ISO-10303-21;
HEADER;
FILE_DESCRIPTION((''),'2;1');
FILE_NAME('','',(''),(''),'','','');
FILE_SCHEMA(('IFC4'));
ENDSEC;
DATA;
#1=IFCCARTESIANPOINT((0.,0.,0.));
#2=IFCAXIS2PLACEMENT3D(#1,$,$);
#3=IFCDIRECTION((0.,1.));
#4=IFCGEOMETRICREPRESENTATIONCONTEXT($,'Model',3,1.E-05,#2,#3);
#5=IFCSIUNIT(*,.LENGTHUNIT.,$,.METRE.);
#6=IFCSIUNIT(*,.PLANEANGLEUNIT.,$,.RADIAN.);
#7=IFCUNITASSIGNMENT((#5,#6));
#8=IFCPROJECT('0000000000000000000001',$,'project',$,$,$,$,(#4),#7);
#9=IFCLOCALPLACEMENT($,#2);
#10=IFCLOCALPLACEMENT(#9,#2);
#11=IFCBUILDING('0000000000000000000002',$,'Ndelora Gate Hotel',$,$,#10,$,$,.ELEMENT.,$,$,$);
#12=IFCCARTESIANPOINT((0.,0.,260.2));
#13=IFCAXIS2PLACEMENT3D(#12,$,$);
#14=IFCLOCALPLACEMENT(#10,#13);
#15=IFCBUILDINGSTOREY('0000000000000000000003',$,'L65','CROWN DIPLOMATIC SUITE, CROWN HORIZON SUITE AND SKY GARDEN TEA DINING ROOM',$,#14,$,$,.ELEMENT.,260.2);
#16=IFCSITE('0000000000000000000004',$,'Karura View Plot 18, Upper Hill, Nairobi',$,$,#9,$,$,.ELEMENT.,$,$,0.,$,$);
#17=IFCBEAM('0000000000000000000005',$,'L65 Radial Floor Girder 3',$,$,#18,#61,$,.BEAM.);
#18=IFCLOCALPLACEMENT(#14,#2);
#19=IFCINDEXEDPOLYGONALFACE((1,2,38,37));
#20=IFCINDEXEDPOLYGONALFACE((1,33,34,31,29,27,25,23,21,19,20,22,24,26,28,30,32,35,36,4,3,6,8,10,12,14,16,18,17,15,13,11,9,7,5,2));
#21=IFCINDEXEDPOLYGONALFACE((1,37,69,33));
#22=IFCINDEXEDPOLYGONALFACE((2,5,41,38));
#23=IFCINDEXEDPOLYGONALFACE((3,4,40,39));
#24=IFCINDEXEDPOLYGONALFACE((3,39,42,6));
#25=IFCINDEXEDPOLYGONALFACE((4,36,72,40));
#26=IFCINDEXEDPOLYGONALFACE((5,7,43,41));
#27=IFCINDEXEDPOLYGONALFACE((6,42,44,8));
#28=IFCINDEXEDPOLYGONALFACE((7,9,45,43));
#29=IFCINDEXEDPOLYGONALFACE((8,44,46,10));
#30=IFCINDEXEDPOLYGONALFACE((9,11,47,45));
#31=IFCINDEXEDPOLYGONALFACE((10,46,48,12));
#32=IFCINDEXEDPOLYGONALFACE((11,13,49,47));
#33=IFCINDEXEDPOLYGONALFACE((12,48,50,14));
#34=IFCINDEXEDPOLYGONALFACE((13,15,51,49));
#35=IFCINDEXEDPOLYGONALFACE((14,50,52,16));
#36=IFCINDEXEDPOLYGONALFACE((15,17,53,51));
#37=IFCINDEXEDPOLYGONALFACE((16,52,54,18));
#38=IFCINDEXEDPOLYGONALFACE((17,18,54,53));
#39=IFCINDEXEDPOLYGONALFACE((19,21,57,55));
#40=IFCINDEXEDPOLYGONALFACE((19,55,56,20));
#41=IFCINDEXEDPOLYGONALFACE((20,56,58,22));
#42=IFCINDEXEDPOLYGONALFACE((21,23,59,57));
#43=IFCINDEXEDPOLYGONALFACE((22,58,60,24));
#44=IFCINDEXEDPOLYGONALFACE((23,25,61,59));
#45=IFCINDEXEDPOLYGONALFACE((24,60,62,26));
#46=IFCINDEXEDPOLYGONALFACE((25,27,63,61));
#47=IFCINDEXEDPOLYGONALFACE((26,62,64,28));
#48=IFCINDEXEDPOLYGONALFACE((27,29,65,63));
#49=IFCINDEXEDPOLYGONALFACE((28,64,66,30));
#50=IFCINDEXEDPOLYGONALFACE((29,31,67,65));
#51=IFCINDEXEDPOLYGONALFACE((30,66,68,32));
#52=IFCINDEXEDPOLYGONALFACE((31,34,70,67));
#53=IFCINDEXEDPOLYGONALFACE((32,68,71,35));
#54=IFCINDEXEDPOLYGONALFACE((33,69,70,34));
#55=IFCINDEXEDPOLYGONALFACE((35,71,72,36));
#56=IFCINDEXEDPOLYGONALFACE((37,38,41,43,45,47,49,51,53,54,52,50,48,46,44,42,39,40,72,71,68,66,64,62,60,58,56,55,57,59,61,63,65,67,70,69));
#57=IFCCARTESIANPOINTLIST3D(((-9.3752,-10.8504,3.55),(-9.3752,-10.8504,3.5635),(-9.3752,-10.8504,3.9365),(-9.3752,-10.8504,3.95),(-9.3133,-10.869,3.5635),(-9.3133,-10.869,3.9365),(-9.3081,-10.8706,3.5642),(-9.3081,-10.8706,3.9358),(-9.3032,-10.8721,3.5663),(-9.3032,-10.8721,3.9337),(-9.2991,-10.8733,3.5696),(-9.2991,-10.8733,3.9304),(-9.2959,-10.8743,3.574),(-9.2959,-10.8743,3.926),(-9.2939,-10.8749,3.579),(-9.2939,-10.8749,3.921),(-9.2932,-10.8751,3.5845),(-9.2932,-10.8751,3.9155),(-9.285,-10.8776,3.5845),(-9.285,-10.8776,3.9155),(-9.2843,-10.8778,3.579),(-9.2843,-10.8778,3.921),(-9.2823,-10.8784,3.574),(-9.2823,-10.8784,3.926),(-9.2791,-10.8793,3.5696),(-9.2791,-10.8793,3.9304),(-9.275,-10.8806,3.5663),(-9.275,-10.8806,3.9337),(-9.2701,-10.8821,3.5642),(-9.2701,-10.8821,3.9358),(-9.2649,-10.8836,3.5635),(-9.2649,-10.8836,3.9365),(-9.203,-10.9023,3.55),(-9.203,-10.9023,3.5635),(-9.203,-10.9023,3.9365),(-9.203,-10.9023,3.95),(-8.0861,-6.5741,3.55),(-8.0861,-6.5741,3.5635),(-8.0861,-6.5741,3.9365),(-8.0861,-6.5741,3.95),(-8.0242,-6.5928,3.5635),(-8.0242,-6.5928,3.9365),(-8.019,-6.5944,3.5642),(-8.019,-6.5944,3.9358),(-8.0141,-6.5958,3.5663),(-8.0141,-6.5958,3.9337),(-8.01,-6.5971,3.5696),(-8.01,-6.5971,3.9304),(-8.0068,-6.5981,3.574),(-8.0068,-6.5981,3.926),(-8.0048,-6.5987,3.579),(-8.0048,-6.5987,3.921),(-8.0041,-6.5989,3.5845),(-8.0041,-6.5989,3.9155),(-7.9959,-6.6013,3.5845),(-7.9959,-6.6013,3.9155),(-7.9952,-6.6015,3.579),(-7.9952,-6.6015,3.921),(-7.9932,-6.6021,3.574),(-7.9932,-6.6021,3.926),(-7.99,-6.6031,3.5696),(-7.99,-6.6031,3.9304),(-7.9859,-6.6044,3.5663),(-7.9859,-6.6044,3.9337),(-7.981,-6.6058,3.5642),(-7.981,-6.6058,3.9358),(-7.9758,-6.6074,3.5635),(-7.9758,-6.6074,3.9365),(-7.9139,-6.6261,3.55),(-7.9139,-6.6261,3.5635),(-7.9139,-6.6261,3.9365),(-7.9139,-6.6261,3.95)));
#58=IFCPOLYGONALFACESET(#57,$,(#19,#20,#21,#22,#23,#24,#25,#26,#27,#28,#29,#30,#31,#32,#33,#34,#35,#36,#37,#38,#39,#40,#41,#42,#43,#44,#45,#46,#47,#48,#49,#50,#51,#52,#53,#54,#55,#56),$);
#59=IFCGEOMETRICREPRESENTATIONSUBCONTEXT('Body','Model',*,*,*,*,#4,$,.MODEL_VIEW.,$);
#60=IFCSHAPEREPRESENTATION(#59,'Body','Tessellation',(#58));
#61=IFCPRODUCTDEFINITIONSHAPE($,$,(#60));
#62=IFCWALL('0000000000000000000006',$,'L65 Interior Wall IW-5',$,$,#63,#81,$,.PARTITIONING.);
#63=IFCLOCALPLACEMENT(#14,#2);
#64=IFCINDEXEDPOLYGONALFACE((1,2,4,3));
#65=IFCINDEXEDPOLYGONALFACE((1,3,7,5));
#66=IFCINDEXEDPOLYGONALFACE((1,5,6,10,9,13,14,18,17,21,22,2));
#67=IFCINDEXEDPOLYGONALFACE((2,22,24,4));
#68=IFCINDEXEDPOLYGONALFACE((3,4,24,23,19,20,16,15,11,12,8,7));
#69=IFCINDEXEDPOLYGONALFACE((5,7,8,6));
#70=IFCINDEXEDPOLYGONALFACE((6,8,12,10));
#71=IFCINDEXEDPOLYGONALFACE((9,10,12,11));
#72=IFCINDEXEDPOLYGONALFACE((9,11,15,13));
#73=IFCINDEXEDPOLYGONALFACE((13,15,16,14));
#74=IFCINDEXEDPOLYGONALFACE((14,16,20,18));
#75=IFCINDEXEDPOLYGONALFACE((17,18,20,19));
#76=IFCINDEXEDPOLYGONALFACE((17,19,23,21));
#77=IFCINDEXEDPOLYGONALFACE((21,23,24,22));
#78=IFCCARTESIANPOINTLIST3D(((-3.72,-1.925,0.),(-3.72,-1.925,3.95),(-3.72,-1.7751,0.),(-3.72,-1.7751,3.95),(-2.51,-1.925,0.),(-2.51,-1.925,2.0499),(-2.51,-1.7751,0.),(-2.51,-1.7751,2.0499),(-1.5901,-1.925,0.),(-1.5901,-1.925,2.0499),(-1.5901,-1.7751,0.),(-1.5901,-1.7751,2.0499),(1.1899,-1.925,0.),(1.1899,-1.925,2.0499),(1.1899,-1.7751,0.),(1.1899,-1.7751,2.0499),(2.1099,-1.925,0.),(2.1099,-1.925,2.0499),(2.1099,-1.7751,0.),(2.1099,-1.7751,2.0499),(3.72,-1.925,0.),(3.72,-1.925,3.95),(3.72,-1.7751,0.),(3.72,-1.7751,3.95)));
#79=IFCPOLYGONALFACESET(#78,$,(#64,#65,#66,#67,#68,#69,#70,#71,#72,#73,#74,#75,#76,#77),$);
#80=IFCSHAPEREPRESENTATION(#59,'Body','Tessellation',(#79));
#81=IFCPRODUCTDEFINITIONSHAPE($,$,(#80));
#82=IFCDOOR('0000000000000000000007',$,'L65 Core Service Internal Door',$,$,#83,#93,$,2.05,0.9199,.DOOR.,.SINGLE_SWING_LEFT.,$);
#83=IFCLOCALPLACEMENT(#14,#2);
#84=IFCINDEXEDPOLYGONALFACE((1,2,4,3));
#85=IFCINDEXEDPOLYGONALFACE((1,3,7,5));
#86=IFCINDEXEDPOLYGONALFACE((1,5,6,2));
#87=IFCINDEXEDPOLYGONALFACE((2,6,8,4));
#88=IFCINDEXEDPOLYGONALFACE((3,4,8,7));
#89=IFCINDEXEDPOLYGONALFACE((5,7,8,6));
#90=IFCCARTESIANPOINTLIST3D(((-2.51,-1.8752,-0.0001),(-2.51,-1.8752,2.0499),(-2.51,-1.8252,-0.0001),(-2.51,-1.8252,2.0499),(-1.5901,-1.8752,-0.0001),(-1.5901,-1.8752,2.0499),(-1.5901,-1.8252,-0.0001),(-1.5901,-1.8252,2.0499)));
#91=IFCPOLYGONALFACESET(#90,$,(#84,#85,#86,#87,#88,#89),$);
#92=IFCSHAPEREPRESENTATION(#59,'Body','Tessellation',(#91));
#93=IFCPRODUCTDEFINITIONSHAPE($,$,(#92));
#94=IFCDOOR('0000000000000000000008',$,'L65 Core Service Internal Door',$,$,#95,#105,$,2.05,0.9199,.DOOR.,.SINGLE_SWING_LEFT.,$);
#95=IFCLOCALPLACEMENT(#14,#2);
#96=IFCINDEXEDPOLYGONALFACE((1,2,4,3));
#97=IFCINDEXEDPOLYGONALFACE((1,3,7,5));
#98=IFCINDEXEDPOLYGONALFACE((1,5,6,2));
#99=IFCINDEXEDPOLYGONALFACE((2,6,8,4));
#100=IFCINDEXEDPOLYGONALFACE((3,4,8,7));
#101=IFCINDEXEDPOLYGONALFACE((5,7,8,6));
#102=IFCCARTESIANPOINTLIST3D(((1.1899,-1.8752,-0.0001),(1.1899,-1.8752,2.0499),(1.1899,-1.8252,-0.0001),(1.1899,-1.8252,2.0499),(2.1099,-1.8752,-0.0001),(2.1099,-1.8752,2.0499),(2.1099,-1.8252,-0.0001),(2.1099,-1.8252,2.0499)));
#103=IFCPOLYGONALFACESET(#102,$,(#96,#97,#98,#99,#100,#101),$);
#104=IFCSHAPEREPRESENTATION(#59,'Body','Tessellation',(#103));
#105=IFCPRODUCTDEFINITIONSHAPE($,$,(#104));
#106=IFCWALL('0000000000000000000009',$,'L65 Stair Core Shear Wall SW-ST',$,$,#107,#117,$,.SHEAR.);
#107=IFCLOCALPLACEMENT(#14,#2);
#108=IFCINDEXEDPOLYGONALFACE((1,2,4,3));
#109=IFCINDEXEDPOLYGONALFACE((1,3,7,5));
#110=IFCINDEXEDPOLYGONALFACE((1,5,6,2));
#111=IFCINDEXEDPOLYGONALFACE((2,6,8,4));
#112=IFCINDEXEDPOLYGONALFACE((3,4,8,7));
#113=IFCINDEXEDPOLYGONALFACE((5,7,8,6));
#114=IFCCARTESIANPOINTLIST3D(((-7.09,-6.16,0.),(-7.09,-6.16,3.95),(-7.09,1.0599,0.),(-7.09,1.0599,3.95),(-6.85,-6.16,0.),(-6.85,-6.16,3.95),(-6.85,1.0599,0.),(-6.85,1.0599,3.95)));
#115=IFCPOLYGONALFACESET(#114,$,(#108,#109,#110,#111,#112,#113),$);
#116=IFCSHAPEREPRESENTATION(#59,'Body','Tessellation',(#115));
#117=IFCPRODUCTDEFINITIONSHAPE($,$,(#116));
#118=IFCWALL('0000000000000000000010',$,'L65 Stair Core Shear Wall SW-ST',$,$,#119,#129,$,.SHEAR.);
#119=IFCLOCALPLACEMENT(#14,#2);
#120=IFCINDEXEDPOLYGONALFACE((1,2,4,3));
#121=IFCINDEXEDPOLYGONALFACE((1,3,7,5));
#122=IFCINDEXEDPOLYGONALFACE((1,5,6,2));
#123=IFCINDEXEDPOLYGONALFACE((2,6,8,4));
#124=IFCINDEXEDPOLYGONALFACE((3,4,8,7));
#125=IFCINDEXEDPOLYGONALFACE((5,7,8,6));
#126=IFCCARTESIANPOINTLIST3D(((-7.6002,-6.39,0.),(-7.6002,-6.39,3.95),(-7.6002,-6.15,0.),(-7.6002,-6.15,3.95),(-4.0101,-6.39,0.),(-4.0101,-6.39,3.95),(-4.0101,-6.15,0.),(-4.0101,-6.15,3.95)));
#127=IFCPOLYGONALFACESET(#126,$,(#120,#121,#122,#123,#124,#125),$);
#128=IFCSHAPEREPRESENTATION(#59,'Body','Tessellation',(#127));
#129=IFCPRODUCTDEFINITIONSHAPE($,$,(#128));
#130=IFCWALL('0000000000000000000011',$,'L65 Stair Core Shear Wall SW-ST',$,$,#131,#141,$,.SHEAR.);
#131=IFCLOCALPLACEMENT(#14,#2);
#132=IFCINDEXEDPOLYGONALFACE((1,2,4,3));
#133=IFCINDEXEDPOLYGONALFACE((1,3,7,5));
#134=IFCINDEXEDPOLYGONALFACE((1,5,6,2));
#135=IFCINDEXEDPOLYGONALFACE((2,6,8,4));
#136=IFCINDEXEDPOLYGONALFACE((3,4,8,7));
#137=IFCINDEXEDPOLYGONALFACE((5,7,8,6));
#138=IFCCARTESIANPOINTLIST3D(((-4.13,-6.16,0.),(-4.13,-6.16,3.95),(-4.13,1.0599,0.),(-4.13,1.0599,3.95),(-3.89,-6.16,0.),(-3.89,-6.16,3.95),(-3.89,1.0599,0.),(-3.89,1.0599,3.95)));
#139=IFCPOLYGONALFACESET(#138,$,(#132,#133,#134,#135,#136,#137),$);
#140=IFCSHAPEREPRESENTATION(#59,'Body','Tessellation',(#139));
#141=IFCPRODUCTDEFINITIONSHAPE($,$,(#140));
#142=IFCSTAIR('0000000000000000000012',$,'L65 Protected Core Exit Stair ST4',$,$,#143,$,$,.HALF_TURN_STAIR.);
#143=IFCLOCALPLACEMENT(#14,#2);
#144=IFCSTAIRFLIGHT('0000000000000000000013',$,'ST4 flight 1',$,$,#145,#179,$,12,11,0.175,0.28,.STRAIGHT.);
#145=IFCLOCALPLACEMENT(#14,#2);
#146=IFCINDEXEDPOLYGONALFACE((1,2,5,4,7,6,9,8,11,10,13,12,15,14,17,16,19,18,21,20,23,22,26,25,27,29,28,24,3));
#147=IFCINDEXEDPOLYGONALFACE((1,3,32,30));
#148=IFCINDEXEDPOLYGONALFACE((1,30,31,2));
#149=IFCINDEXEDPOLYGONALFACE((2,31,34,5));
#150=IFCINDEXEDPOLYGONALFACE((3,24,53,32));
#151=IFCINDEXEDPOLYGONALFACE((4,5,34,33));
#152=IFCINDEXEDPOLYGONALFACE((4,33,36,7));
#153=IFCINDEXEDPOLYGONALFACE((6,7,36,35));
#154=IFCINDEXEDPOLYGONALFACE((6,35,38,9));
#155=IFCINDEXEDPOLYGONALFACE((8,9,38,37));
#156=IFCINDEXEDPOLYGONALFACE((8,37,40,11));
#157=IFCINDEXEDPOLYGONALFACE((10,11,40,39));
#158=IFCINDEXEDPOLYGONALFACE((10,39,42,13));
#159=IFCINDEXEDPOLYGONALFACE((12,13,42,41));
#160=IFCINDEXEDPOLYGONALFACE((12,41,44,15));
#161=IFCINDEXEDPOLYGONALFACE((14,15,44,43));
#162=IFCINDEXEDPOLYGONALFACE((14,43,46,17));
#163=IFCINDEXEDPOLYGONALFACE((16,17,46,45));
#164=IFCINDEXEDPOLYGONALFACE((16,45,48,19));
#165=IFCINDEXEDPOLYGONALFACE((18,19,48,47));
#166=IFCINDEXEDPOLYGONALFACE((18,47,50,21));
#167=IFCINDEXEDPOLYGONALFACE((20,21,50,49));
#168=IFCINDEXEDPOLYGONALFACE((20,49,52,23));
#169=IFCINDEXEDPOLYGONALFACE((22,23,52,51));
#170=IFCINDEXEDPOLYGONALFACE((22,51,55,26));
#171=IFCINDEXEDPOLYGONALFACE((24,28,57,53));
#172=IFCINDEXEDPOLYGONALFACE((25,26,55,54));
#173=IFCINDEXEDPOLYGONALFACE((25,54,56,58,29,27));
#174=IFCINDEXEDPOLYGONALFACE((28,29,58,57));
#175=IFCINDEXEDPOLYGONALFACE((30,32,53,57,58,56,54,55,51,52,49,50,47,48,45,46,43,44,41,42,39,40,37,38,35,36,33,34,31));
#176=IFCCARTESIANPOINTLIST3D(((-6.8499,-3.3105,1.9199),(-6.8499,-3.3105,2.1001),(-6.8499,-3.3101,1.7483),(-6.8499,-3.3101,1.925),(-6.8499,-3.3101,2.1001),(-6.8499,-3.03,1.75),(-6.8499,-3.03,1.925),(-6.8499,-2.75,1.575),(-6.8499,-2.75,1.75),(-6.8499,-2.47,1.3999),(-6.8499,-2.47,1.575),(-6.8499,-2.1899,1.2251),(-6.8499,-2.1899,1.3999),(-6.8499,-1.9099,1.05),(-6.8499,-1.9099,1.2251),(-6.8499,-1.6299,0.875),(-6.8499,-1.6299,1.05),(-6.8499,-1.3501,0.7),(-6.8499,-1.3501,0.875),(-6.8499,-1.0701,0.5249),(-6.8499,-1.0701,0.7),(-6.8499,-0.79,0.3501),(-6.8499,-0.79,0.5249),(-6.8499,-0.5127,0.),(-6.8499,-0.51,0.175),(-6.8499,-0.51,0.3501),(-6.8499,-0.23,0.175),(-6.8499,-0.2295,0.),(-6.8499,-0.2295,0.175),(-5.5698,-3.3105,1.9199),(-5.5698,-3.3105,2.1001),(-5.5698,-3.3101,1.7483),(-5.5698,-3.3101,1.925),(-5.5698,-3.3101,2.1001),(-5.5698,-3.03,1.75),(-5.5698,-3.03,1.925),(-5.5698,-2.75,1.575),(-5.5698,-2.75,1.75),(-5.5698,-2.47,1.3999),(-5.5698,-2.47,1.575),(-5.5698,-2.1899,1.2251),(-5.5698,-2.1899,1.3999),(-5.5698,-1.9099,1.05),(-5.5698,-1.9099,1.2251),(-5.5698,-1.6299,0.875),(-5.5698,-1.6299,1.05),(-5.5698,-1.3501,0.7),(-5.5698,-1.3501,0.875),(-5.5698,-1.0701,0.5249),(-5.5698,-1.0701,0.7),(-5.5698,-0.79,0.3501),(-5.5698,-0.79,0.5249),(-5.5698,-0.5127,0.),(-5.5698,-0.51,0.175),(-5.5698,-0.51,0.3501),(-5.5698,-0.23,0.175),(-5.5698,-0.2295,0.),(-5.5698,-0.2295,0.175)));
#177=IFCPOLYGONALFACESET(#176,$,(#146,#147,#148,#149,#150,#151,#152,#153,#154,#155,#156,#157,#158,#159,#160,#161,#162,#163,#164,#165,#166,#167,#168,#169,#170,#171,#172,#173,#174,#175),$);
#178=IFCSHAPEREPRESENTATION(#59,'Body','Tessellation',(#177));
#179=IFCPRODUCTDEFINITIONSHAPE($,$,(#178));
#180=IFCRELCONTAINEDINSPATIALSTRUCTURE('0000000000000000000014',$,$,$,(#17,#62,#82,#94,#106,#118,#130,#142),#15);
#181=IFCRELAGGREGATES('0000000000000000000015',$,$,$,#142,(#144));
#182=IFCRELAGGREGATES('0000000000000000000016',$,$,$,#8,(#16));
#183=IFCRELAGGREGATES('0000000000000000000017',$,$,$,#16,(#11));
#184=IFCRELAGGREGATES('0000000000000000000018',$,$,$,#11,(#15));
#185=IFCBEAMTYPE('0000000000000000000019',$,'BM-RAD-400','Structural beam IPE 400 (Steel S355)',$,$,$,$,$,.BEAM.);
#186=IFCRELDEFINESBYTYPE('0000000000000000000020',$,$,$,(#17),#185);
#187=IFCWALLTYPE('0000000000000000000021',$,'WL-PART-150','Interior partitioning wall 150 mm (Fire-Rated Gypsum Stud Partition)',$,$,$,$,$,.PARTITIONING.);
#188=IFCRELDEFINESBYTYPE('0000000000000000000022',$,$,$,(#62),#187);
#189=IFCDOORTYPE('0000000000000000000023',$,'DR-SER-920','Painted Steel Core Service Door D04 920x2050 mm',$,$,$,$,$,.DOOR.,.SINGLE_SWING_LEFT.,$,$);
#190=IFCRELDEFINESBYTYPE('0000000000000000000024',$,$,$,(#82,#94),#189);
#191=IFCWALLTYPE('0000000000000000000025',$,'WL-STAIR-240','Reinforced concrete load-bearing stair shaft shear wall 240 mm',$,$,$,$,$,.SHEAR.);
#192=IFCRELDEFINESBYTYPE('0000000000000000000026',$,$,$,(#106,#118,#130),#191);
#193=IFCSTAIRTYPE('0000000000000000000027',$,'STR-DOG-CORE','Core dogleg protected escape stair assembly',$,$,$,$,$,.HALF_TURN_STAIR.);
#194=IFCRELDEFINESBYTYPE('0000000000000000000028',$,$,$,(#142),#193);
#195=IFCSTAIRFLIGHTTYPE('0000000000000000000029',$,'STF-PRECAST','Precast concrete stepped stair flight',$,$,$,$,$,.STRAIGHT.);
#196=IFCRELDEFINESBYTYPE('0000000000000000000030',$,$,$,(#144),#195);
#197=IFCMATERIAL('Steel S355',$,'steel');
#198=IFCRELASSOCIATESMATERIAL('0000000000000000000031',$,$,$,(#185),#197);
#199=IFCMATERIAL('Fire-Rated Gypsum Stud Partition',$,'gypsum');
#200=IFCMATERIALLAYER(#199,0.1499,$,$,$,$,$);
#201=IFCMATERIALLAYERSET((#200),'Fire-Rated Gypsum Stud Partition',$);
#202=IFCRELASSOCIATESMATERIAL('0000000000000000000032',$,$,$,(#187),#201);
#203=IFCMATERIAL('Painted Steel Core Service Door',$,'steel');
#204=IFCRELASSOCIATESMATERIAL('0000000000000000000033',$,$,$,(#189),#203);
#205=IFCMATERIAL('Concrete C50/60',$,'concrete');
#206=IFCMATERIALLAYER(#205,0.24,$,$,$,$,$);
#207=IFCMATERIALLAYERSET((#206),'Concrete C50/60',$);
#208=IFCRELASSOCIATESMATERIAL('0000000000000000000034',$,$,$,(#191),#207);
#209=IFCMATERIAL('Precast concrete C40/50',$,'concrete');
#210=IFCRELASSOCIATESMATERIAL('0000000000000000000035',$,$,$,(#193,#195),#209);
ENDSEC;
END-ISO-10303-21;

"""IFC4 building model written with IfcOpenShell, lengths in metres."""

from ifc_helpers import new_model, si_unit, direction, frame, frame_2d, origin, origin_2d, place, context, subcontext, project, spatial, polyline, rectangle, i_section, outline, extrude, material, layer, layer_set, material_profile, profile_set, type_object, element, fill, aggregate, save


model = new_model("IFC4")

# Units and contexts
model_context = context("Model", 3, precision=1e-05, world=origin(), true_north=direction((0.0, 1.0)))
body_context = subcontext(model_context, "Body", "Model", "MODEL_VIEW")
ifc_project = project(units=[si_unit("LENGTHUNIT", "METRE"), si_unit("PLANEANGLEUNIT", "RADIAN")], contexts=[model_context])

# Site, building, storey
site_placement = place(None, origin())
site = spatial("IfcSite", under=ifc_project, at=site_placement, Name="Karura View Plot 18, Upper Hill, Nairobi", CompositionType="ELEMENT", RefElevation=0.0)
building_placement = place(site_placement, origin())
building = spatial("IfcBuilding", under=site, at=building_placement, Name="Ndelora Gate Hotel", CompositionType="ELEMENT")
storey_placement = place(building_placement, frame((0.0, 0.0, 260.2)))
storey = spatial("IfcBuildingStorey", under=building, at=storey_placement, Name="L65", Description="CROWN DIPLOMATIC SUITE, CROWN HORIZON SUITE AND SKY GARDEN TEA DINING ROOM", CompositionType="ELEMENT", Elevation=260.2)

# Beam
ifc_material_1 = material(Name="Steel S355", Category="steel")
ifc_material_profile = material_profile(ifc_material_1, i_section(OverallWidth=0.1799, OverallDepth=0.3999, WebThickness=0.0085, FlangeThickness=0.0134, FilletRadius=0.021, at=origin_2d()), Name="IPE 400")
ifc_profile_set = profile_set([ifc_material_profile], Name="Steel S355")
beam_type = type_object("IfcBeamType", Name="BM-RAD-400", Description="Structural beam IPE 400 (Steel S355)", PredefinedType="BEAM", material=ifc_profile_set)
beam_placement = place(storey_placement, frame((-8.0, -6.6001, 3.75), z_axis=(-0.288626, -0.957442, 0.0), x_axis=(0.957442, -0.288626, 0.0)))
element("IfcBeam", 1, at=beam_placement, inside=storey, type_object=beam_type, Name="L65 Radial Floor Girder 3", PredefinedType="BEAM", context=body_context, shape_type="SweptSolid", body=[
    extrude(i_section(OverallWidth=0.1799, OverallDepth=0.3999, WebThickness=0.0085, FlangeThickness=0.0134, FilletRadius=0.021, at=origin_2d()), origin(), (0.0, 0.0, 1.0), 4.4663),
])

# Wall, openings, doors
ifc_material_2 = material(Name="Fire-Rated Gypsum Stud Partition", Category="gypsum")
ifc_layer_1 = layer(ifc_material_2, 0.1499)
ifc_layer_set_1 = layer_set([ifc_layer_1], Name="Fire-Rated Gypsum Stud Partition")
wall_type_1 = type_object("IfcWallType", Name="WL-PART-150", Description="Interior partitioning wall 150 mm (Fire-Rated Gypsum Stud Partition)", PredefinedType="PARTITIONING", material=ifc_layer_set_1)
wall_1_placement = place(storey_placement, frame((-3.72, -1.8501, 0.0), z_axis=(0.0, 0.0, 1.0), x_axis=(1.0, 0.0, 0.0)))
wall_1 = element("IfcWall", 2, at=wall_1_placement, inside=storey, type_object=wall_type_1, Name="L65 Interior Wall IW-5", PredefinedType="PARTITIONING", context=body_context, shape_type="SweptSolid", body=[
    extrude(rectangle(XDim=7.4399, YDim=0.1499, at=frame_2d((3.72, 0.0))), origin(), (0.0, 0.0, 1.0), 3.95),
])
opening_1_placement = place(wall_1_placement, frame((1.21, 0.0, 0.0)))
opening_1 = element("IfcOpeningElement", 3, at=opening_1_placement, cuts=wall_1, PredefinedType="OPENING", context=body_context, shape_type="SweptSolid", body=[
    extrude(rectangle(XDim=0.9199, YDim=2.05, at=frame_2d((0.46, 1.0249))), frame((0.0, 0.085, 0.0), z_axis=(0.0, -1.0, 0.0), x_axis=(1.0, 0.0, 0.0)), (0.0, 0.0, 1.0), 0.1699),
])
opening_2_placement = place(wall_1_placement, frame((4.9099, 0.0, 0.0)))
opening_2 = element("IfcOpeningElement", 4, at=opening_2_placement, cuts=wall_1, PredefinedType="OPENING", context=body_context, shape_type="SweptSolid", body=[
    extrude(rectangle(XDim=0.9199, YDim=2.05, at=frame_2d((0.46, 1.0249))), frame((0.0, 0.085, 0.0), z_axis=(0.0, -1.0, 0.0), x_axis=(1.0, 0.0, 0.0)), (0.0, 0.0, 1.0), 0.1699),
])
ifc_material_3 = material(Name="Painted Steel Core Service Door", Category="steel")
door_type = type_object("IfcDoorType", Name="DR-SER-920", Description="Painted Steel Core Service Door D04 920x2050 mm", OperationType="SINGLE_SWING_LEFT", PredefinedType="DOOR", material=ifc_material_3)
door_1_placement = place(opening_1_placement, origin())
door_1 = element("IfcDoor", 5, at=door_1_placement, inside=storey, type_object=door_type, Name="L65 Core Service Internal Door", OperationType="SINGLE_SWING_LEFT", OverallHeight=2.05, OverallWidth=0.9199, PredefinedType="DOOR", context=body_context, shape_type="SweptSolid", body=[
    extrude(rectangle(XDim=0.9199, YDim=2.05, at=frame_2d((0.46, 1.0249))), frame((0.0, 0.0249, 0.0), z_axis=(0.0, -1.0, 0.0), x_axis=(1.0, 0.0, 0.0)), (0.0, 0.0, 1.0), 0.05),
])
fill(opening_1, door_1)
door_2_placement = place(opening_2_placement, origin())
door_2 = element("IfcDoor", 6, at=door_2_placement, inside=storey, type_object=door_type, Name="L65 Core Service Internal Door", OperationType="SINGLE_SWING_LEFT", OverallHeight=2.05, OverallWidth=0.9199, PredefinedType="DOOR", context=body_context, shape_type="SweptSolid", body=[
    extrude(rectangle(XDim=0.9199, YDim=2.05, at=frame_2d((0.46, 1.0249))), frame((0.0, 0.0249, 0.0), z_axis=(0.0, -1.0, 0.0), x_axis=(1.0, 0.0, 0.0)), (0.0, 0.0, 1.0), 0.05),
])
fill(opening_2, door_2)

# Walls
ifc_material_4 = material(Name="Concrete C50/60", Category="concrete")
ifc_layer_2 = layer(ifc_material_4, 0.24)
ifc_layer_set_2 = layer_set([ifc_layer_2], Name="Concrete C50/60")
wall_type_2 = type_object("IfcWallType", Name="WL-STAIR-240", Description="Reinforced concrete load-bearing stair shaft shear wall 240 mm", PredefinedType="SHEAR", material=ifc_layer_set_2)
wall_2_placement = place(storey_placement, frame((-6.97, -6.1599, 0.0), z_axis=(0.0, 0.0, 1.0), x_axis=(0.0, 1.0, 0.0)))
element("IfcWall", 7, at=wall_2_placement, inside=storey, type_object=wall_type_2, Name="L65 Stair Core Shear Wall SW-ST", PredefinedType="SHEAR", context=body_context, shape_type="SweptSolid", body=[
    extrude(rectangle(XDim=7.22, YDim=0.24, at=frame_2d((3.6099, 0.0))), origin(), (0.0, 0.0, 1.0), 3.95),
])
wall_3_placement = place(storey_placement, frame((-7.6001, -6.27, 0.0), z_axis=(0.0, 0.0, 1.0), x_axis=(1.0, 0.0, 0.0)))
element("IfcWall", 8, at=wall_3_placement, inside=storey, type_object=wall_type_2, Name="L65 Stair Core Shear Wall SW-ST", PredefinedType="SHEAR", context=body_context, shape_type="SweptSolid", body=[
    extrude(rectangle(XDim=3.5901, YDim=0.24, at=frame_2d((1.7949, 0.0))), origin(), (0.0, 0.0, 1.0), 3.95),
])
wall_4_placement = place(storey_placement, frame((-4.01, -6.1599, 0.0), z_axis=(0.0, 0.0, 1.0), x_axis=(0.0, 1.0, 0.0)))
element("IfcWall", 9, at=wall_4_placement, inside=storey, type_object=wall_type_2, Name="L65 Stair Core Shear Wall SW-ST", PredefinedType="SHEAR", context=body_context, shape_type="SweptSolid", body=[
    extrude(rectangle(XDim=7.22, YDim=0.24, at=frame_2d((3.6099, 0.0))), origin(), (0.0, 0.0, 1.0), 3.95),
])

# Stair, stair flight
ifc_material_5 = material(Name="Precast concrete C40/50", Category="concrete")
stair_type = type_object("IfcStairType", Name="STR-DOG-CORE", Description="Core dogleg protected escape stair assembly", PredefinedType="HALF_TURN_STAIR", material=ifc_material_5)
stair_placement = place(storey_placement, origin())
stair = element("IfcStair", 10, at=stair_placement, inside=storey, type_object=stair_type, Name="L65 Protected Core Exit Stair ST4", PredefinedType="HALF_TURN_STAIR")
stair_flight_type = type_object("IfcStairFlightType", Name="STF-PRECAST", Description="Precast concrete stepped stair flight", PredefinedType="STRAIGHT", material=ifc_material_5)
stair_flight_1_placement = place(storey_placement, frame((-6.21, -0.23, 0.0), z_axis=(0.0, 0.0, 1.0), x_axis=(0.0, -1.0, 0.0)))
stair_flight_1 = element("IfcStairFlight", 11, at=stair_flight_1_placement, type_object=stair_flight_type, Name="ST4 flight 1", NumberOfRisers=12, NumberOfTreads=11, PredefinedType="STRAIGHT", RiserHeight=0.175, TreadLength=0.28, context=body_context, shape_type="SweptSolid", body=[
    extrude(outline(polyline([(-0.0005, 0.0), (-0.0005, 0.175), (0.0, 0.175), (0.28, 0.175), (0.28, 0.3501), (0.5601, 0.3501), (0.5601, 0.5249), (0.8401, 0.5249), (0.8401, 0.7), (1.1201, 0.7), (1.1201, 0.875), (1.3999, 0.875), (1.3999, 1.05), (1.6799, 1.05), (1.6799, 1.2251), (1.96, 1.2251), (1.96, 1.3999), (2.24, 1.3999), (2.24, 1.575), (2.52, 1.575), (2.52, 1.75), (2.8, 1.75), (2.8, 1.925), (3.0801, 1.925), (3.0801, 2.1001), (3.0806, 2.1001), (3.0806, 1.9199), (3.0801, 1.7483), (0.2827, 0.0), (-0.0005, 0.0)])), frame((0.0, 0.6401, 0.0), z_axis=(0.0, -1.0, 0.0), x_axis=(1.0, 0.0, 0.0)), (0.0, 0.0, 1.0), 1.28),
])
aggregate(stair, [stair_flight_1])

save(model, "model.ifc")
